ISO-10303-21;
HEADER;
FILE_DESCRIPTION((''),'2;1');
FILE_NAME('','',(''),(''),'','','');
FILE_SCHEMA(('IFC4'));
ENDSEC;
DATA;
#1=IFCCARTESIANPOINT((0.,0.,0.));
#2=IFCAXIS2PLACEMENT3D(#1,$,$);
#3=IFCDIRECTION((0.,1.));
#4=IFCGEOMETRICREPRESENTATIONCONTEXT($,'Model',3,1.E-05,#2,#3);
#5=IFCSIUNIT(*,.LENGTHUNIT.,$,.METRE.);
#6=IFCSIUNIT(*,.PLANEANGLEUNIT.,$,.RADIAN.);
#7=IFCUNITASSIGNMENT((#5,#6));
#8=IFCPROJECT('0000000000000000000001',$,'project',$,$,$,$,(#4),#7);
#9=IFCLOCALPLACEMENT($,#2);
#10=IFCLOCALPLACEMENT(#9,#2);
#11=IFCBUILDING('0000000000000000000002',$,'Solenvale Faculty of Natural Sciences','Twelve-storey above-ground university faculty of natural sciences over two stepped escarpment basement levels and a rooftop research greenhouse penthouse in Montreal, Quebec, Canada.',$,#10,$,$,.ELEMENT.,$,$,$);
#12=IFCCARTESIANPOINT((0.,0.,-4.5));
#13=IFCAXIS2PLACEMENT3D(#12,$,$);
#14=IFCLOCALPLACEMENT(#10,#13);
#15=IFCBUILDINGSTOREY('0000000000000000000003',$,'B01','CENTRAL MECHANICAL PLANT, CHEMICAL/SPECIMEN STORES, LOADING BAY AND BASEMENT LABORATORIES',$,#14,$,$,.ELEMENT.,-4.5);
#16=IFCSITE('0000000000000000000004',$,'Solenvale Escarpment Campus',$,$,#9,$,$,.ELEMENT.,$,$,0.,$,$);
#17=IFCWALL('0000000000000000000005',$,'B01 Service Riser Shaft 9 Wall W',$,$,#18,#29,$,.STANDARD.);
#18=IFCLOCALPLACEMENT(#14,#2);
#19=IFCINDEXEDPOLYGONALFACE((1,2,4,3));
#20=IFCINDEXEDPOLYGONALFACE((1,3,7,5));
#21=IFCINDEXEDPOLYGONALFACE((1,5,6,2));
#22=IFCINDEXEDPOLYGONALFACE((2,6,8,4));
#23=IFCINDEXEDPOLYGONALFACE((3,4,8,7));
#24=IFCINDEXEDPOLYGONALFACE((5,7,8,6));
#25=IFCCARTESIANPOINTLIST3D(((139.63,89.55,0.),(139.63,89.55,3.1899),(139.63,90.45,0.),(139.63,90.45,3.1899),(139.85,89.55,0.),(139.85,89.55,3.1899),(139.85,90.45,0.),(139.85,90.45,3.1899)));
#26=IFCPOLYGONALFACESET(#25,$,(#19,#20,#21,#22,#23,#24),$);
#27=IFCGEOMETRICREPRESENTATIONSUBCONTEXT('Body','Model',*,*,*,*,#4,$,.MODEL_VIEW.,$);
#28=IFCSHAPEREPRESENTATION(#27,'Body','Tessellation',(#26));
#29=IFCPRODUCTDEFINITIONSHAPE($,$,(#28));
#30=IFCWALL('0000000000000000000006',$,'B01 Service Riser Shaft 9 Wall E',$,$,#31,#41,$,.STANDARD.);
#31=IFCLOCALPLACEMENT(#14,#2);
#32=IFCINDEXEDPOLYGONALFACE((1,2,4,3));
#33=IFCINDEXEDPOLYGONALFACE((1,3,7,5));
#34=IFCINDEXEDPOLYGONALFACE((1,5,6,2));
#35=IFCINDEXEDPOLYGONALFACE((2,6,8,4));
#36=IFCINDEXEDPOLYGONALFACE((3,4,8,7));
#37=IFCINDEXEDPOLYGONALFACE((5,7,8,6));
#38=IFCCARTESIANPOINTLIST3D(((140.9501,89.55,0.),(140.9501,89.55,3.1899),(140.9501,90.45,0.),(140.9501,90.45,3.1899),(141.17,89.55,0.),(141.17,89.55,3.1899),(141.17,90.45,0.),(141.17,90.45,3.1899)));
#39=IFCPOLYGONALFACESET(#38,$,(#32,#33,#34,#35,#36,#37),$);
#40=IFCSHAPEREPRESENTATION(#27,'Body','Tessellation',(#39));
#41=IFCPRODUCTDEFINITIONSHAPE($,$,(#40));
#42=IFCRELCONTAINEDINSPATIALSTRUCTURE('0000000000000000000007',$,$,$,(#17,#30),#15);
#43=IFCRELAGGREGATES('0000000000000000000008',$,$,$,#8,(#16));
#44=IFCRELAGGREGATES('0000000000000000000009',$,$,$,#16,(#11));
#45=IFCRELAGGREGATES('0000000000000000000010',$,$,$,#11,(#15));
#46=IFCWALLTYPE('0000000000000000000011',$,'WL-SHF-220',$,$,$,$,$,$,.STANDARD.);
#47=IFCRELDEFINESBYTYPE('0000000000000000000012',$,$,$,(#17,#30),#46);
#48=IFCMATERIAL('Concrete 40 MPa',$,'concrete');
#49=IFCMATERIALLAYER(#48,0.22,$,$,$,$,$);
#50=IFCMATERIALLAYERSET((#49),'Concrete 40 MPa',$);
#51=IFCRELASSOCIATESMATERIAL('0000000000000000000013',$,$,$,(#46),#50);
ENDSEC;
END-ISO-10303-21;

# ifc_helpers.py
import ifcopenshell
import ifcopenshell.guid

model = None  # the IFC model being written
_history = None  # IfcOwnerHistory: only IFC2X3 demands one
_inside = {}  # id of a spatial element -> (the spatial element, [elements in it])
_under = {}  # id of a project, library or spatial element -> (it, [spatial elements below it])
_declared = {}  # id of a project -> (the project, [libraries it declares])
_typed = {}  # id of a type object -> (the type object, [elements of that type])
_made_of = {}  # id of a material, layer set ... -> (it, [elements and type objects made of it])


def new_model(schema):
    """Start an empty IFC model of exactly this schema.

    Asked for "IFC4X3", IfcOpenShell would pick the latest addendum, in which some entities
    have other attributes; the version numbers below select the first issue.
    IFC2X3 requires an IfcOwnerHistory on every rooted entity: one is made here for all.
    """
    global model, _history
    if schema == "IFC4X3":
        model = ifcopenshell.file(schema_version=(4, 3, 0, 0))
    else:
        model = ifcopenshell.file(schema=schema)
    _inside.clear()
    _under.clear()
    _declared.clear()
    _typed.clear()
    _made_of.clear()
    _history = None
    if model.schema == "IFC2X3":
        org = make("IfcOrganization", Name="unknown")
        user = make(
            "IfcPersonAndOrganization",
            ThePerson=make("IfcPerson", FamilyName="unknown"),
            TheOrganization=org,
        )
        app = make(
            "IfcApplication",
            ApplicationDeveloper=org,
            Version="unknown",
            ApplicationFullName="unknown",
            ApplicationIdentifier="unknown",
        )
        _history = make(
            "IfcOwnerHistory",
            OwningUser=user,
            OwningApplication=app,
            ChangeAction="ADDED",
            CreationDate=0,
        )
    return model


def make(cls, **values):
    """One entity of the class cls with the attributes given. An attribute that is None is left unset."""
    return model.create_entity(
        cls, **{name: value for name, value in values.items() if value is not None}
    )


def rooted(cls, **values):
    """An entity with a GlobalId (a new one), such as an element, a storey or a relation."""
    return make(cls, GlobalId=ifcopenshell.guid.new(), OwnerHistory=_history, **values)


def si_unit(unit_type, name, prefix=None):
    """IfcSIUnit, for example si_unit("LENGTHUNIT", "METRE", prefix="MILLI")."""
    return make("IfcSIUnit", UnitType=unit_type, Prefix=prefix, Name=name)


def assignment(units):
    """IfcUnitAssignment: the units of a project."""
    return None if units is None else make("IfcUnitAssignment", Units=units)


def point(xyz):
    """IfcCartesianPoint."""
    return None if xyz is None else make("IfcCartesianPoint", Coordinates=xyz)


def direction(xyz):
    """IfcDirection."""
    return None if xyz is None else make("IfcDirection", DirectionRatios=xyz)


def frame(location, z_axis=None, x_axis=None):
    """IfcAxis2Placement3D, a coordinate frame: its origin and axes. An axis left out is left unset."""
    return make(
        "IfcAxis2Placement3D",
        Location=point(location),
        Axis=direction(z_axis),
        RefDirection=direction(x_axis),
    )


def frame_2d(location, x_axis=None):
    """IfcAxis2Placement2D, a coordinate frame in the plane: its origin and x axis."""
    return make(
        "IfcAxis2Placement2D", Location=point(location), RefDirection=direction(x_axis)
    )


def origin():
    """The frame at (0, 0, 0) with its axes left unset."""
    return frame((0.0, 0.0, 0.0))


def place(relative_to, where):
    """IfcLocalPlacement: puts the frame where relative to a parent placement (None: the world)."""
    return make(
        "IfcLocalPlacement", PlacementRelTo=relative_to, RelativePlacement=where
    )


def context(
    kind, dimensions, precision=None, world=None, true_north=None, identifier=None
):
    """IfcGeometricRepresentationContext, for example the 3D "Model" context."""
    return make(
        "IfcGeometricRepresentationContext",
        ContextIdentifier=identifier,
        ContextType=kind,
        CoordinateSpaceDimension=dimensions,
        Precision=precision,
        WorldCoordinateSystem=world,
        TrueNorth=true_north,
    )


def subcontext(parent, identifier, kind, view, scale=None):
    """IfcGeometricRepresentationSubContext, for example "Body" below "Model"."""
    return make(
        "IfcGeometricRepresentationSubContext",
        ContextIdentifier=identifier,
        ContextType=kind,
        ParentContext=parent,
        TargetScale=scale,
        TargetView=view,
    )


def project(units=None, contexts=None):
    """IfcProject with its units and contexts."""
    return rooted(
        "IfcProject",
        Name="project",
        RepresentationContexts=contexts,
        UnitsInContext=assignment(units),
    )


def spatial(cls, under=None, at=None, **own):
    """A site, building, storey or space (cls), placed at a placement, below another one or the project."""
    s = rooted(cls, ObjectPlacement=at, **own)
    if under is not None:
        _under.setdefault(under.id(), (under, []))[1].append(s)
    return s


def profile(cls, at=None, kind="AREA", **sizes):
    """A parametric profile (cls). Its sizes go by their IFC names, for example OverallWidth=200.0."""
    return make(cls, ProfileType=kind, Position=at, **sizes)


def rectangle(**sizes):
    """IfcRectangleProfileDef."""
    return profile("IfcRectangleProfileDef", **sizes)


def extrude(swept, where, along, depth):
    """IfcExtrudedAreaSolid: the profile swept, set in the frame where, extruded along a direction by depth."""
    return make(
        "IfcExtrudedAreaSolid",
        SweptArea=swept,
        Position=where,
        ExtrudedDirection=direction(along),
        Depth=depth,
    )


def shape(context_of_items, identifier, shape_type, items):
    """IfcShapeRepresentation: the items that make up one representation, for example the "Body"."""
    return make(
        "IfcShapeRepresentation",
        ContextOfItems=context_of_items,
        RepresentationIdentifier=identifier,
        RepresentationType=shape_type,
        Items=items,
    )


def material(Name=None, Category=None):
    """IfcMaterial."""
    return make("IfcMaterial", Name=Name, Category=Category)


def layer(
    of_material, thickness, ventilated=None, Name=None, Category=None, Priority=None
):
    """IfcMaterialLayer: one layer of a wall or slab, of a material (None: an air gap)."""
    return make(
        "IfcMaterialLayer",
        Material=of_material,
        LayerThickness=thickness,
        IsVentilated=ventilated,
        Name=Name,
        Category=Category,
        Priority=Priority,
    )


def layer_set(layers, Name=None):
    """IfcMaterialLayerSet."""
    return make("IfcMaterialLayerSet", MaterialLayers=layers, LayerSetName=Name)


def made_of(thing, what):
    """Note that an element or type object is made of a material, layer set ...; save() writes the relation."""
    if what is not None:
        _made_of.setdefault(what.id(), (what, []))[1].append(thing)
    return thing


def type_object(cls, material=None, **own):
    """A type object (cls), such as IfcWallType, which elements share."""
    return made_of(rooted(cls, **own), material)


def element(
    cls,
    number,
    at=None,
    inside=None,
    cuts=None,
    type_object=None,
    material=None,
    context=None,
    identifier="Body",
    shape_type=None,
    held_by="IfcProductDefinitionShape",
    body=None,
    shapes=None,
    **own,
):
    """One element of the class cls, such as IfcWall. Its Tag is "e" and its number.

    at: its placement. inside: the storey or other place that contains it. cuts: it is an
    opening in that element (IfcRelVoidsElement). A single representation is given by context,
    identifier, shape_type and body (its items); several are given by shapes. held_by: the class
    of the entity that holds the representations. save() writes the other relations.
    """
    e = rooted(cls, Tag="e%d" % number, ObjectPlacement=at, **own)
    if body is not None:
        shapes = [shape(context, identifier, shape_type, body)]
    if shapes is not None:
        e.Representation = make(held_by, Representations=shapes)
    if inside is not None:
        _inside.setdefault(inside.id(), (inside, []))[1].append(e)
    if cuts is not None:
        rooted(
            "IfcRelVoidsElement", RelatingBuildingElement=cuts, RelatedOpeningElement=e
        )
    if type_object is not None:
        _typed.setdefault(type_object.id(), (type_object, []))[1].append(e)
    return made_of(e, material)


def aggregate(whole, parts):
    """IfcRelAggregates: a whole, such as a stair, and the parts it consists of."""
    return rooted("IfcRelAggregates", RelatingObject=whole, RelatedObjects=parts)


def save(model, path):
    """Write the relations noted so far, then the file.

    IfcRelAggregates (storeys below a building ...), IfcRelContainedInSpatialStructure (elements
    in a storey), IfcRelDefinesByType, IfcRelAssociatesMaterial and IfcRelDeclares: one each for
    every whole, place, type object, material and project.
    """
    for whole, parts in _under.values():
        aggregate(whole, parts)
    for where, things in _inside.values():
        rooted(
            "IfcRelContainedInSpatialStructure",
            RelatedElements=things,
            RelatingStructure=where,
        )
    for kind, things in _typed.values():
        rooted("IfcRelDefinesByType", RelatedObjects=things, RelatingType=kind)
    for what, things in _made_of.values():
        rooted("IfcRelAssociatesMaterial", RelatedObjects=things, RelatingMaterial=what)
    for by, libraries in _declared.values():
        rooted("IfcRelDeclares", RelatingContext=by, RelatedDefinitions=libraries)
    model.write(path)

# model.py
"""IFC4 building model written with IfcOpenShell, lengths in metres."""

from ifc_helpers import new_model, si_unit, direction, frame, frame_2d, origin, place, context, subcontext, project, spatial, rectangle, extrude, material, layer, layer_set, type_object, element, save


model = new_model("IFC4")

# Units and contexts
model_context = context("Model", 3, precision=1e-05, world=origin(), true_north=direction((0.0, 1.0)))
body_context = subcontext(model_context, "Body", "Model", "MODEL_VIEW")
ifc_project = project(units=[si_unit("LENGTHUNIT", "METRE"), si_unit("PLANEANGLEUNIT", "RADIAN")], contexts=[model_context])

# Site, building, storey
site_placement = place(None, origin())
site = spatial("IfcSite", under=ifc_project, at=site_placement, Name="Solenvale Escarpment Campus", CompositionType="ELEMENT", RefElevation=0.0)
building_placement = place(site_placement, origin())
building = spatial("IfcBuilding", under=site, at=building_placement, Name="Solenvale Faculty of Natural Sciences", Description="Twelve-storey above-ground university faculty of natural sciences over two stepped escarpment basement levels and a rooftop research greenhouse penthouse in Montreal, Quebec, Canada.", CompositionType="ELEMENT")
storey_placement = place(building_placement, frame((0.0, 0.0, -4.5)))
storey = spatial("IfcBuildingStorey", under=building, at=storey_placement, Name="B01", Description="CENTRAL MECHANICAL PLANT, CHEMICAL/SPECIMEN STORES, LOADING BAY AND BASEMENT LABORATORIES", CompositionType="ELEMENT", Elevation=-4.5)

# Shared definitions
ifc_material_1 = material(Name="Concrete 40 MPa", Category="concrete")

# Walls
ifc_layer_1 = layer(ifc_material_1, 0.22)
ifc_layer_set_1 = layer_set([ifc_layer_1], Name="Concrete 40 MPa")
wall_type_1 = type_object("IfcWallType", Name="WL-SHF-220", PredefinedType="STANDARD", material=ifc_layer_set_1)
for number, where, z_axis, x_axis, name in (
    (1, (139.74, 89.55, 0.0), (0.0, 0.0, 1.0), (0.0, 1.0, 0.0), "B01 Service Riser Shaft 9 Wall W"),
    (2, (141.0601, 89.55, 0.0), (0.0, 0.0, 1.0), (0.0, 1.0, 0.0), "B01 Service Riser Shaft 9 Wall E"),
):
    element("IfcWall", number, at=place(storey_placement, frame(where, z_axis=z_axis, x_axis=x_axis)), inside=storey, type_object=wall_type_1, Name=name, PredefinedType="STANDARD", context=body_context, shape_type="SweptSolid", body=[
        extrude(rectangle(XDim=0.8999, YDim=0.22, at=frame_2d((0.45, 0.0))), origin(), (0.0, 0.0, 1.0), 3.1899),
    ])

save(model, "model.ifc")
